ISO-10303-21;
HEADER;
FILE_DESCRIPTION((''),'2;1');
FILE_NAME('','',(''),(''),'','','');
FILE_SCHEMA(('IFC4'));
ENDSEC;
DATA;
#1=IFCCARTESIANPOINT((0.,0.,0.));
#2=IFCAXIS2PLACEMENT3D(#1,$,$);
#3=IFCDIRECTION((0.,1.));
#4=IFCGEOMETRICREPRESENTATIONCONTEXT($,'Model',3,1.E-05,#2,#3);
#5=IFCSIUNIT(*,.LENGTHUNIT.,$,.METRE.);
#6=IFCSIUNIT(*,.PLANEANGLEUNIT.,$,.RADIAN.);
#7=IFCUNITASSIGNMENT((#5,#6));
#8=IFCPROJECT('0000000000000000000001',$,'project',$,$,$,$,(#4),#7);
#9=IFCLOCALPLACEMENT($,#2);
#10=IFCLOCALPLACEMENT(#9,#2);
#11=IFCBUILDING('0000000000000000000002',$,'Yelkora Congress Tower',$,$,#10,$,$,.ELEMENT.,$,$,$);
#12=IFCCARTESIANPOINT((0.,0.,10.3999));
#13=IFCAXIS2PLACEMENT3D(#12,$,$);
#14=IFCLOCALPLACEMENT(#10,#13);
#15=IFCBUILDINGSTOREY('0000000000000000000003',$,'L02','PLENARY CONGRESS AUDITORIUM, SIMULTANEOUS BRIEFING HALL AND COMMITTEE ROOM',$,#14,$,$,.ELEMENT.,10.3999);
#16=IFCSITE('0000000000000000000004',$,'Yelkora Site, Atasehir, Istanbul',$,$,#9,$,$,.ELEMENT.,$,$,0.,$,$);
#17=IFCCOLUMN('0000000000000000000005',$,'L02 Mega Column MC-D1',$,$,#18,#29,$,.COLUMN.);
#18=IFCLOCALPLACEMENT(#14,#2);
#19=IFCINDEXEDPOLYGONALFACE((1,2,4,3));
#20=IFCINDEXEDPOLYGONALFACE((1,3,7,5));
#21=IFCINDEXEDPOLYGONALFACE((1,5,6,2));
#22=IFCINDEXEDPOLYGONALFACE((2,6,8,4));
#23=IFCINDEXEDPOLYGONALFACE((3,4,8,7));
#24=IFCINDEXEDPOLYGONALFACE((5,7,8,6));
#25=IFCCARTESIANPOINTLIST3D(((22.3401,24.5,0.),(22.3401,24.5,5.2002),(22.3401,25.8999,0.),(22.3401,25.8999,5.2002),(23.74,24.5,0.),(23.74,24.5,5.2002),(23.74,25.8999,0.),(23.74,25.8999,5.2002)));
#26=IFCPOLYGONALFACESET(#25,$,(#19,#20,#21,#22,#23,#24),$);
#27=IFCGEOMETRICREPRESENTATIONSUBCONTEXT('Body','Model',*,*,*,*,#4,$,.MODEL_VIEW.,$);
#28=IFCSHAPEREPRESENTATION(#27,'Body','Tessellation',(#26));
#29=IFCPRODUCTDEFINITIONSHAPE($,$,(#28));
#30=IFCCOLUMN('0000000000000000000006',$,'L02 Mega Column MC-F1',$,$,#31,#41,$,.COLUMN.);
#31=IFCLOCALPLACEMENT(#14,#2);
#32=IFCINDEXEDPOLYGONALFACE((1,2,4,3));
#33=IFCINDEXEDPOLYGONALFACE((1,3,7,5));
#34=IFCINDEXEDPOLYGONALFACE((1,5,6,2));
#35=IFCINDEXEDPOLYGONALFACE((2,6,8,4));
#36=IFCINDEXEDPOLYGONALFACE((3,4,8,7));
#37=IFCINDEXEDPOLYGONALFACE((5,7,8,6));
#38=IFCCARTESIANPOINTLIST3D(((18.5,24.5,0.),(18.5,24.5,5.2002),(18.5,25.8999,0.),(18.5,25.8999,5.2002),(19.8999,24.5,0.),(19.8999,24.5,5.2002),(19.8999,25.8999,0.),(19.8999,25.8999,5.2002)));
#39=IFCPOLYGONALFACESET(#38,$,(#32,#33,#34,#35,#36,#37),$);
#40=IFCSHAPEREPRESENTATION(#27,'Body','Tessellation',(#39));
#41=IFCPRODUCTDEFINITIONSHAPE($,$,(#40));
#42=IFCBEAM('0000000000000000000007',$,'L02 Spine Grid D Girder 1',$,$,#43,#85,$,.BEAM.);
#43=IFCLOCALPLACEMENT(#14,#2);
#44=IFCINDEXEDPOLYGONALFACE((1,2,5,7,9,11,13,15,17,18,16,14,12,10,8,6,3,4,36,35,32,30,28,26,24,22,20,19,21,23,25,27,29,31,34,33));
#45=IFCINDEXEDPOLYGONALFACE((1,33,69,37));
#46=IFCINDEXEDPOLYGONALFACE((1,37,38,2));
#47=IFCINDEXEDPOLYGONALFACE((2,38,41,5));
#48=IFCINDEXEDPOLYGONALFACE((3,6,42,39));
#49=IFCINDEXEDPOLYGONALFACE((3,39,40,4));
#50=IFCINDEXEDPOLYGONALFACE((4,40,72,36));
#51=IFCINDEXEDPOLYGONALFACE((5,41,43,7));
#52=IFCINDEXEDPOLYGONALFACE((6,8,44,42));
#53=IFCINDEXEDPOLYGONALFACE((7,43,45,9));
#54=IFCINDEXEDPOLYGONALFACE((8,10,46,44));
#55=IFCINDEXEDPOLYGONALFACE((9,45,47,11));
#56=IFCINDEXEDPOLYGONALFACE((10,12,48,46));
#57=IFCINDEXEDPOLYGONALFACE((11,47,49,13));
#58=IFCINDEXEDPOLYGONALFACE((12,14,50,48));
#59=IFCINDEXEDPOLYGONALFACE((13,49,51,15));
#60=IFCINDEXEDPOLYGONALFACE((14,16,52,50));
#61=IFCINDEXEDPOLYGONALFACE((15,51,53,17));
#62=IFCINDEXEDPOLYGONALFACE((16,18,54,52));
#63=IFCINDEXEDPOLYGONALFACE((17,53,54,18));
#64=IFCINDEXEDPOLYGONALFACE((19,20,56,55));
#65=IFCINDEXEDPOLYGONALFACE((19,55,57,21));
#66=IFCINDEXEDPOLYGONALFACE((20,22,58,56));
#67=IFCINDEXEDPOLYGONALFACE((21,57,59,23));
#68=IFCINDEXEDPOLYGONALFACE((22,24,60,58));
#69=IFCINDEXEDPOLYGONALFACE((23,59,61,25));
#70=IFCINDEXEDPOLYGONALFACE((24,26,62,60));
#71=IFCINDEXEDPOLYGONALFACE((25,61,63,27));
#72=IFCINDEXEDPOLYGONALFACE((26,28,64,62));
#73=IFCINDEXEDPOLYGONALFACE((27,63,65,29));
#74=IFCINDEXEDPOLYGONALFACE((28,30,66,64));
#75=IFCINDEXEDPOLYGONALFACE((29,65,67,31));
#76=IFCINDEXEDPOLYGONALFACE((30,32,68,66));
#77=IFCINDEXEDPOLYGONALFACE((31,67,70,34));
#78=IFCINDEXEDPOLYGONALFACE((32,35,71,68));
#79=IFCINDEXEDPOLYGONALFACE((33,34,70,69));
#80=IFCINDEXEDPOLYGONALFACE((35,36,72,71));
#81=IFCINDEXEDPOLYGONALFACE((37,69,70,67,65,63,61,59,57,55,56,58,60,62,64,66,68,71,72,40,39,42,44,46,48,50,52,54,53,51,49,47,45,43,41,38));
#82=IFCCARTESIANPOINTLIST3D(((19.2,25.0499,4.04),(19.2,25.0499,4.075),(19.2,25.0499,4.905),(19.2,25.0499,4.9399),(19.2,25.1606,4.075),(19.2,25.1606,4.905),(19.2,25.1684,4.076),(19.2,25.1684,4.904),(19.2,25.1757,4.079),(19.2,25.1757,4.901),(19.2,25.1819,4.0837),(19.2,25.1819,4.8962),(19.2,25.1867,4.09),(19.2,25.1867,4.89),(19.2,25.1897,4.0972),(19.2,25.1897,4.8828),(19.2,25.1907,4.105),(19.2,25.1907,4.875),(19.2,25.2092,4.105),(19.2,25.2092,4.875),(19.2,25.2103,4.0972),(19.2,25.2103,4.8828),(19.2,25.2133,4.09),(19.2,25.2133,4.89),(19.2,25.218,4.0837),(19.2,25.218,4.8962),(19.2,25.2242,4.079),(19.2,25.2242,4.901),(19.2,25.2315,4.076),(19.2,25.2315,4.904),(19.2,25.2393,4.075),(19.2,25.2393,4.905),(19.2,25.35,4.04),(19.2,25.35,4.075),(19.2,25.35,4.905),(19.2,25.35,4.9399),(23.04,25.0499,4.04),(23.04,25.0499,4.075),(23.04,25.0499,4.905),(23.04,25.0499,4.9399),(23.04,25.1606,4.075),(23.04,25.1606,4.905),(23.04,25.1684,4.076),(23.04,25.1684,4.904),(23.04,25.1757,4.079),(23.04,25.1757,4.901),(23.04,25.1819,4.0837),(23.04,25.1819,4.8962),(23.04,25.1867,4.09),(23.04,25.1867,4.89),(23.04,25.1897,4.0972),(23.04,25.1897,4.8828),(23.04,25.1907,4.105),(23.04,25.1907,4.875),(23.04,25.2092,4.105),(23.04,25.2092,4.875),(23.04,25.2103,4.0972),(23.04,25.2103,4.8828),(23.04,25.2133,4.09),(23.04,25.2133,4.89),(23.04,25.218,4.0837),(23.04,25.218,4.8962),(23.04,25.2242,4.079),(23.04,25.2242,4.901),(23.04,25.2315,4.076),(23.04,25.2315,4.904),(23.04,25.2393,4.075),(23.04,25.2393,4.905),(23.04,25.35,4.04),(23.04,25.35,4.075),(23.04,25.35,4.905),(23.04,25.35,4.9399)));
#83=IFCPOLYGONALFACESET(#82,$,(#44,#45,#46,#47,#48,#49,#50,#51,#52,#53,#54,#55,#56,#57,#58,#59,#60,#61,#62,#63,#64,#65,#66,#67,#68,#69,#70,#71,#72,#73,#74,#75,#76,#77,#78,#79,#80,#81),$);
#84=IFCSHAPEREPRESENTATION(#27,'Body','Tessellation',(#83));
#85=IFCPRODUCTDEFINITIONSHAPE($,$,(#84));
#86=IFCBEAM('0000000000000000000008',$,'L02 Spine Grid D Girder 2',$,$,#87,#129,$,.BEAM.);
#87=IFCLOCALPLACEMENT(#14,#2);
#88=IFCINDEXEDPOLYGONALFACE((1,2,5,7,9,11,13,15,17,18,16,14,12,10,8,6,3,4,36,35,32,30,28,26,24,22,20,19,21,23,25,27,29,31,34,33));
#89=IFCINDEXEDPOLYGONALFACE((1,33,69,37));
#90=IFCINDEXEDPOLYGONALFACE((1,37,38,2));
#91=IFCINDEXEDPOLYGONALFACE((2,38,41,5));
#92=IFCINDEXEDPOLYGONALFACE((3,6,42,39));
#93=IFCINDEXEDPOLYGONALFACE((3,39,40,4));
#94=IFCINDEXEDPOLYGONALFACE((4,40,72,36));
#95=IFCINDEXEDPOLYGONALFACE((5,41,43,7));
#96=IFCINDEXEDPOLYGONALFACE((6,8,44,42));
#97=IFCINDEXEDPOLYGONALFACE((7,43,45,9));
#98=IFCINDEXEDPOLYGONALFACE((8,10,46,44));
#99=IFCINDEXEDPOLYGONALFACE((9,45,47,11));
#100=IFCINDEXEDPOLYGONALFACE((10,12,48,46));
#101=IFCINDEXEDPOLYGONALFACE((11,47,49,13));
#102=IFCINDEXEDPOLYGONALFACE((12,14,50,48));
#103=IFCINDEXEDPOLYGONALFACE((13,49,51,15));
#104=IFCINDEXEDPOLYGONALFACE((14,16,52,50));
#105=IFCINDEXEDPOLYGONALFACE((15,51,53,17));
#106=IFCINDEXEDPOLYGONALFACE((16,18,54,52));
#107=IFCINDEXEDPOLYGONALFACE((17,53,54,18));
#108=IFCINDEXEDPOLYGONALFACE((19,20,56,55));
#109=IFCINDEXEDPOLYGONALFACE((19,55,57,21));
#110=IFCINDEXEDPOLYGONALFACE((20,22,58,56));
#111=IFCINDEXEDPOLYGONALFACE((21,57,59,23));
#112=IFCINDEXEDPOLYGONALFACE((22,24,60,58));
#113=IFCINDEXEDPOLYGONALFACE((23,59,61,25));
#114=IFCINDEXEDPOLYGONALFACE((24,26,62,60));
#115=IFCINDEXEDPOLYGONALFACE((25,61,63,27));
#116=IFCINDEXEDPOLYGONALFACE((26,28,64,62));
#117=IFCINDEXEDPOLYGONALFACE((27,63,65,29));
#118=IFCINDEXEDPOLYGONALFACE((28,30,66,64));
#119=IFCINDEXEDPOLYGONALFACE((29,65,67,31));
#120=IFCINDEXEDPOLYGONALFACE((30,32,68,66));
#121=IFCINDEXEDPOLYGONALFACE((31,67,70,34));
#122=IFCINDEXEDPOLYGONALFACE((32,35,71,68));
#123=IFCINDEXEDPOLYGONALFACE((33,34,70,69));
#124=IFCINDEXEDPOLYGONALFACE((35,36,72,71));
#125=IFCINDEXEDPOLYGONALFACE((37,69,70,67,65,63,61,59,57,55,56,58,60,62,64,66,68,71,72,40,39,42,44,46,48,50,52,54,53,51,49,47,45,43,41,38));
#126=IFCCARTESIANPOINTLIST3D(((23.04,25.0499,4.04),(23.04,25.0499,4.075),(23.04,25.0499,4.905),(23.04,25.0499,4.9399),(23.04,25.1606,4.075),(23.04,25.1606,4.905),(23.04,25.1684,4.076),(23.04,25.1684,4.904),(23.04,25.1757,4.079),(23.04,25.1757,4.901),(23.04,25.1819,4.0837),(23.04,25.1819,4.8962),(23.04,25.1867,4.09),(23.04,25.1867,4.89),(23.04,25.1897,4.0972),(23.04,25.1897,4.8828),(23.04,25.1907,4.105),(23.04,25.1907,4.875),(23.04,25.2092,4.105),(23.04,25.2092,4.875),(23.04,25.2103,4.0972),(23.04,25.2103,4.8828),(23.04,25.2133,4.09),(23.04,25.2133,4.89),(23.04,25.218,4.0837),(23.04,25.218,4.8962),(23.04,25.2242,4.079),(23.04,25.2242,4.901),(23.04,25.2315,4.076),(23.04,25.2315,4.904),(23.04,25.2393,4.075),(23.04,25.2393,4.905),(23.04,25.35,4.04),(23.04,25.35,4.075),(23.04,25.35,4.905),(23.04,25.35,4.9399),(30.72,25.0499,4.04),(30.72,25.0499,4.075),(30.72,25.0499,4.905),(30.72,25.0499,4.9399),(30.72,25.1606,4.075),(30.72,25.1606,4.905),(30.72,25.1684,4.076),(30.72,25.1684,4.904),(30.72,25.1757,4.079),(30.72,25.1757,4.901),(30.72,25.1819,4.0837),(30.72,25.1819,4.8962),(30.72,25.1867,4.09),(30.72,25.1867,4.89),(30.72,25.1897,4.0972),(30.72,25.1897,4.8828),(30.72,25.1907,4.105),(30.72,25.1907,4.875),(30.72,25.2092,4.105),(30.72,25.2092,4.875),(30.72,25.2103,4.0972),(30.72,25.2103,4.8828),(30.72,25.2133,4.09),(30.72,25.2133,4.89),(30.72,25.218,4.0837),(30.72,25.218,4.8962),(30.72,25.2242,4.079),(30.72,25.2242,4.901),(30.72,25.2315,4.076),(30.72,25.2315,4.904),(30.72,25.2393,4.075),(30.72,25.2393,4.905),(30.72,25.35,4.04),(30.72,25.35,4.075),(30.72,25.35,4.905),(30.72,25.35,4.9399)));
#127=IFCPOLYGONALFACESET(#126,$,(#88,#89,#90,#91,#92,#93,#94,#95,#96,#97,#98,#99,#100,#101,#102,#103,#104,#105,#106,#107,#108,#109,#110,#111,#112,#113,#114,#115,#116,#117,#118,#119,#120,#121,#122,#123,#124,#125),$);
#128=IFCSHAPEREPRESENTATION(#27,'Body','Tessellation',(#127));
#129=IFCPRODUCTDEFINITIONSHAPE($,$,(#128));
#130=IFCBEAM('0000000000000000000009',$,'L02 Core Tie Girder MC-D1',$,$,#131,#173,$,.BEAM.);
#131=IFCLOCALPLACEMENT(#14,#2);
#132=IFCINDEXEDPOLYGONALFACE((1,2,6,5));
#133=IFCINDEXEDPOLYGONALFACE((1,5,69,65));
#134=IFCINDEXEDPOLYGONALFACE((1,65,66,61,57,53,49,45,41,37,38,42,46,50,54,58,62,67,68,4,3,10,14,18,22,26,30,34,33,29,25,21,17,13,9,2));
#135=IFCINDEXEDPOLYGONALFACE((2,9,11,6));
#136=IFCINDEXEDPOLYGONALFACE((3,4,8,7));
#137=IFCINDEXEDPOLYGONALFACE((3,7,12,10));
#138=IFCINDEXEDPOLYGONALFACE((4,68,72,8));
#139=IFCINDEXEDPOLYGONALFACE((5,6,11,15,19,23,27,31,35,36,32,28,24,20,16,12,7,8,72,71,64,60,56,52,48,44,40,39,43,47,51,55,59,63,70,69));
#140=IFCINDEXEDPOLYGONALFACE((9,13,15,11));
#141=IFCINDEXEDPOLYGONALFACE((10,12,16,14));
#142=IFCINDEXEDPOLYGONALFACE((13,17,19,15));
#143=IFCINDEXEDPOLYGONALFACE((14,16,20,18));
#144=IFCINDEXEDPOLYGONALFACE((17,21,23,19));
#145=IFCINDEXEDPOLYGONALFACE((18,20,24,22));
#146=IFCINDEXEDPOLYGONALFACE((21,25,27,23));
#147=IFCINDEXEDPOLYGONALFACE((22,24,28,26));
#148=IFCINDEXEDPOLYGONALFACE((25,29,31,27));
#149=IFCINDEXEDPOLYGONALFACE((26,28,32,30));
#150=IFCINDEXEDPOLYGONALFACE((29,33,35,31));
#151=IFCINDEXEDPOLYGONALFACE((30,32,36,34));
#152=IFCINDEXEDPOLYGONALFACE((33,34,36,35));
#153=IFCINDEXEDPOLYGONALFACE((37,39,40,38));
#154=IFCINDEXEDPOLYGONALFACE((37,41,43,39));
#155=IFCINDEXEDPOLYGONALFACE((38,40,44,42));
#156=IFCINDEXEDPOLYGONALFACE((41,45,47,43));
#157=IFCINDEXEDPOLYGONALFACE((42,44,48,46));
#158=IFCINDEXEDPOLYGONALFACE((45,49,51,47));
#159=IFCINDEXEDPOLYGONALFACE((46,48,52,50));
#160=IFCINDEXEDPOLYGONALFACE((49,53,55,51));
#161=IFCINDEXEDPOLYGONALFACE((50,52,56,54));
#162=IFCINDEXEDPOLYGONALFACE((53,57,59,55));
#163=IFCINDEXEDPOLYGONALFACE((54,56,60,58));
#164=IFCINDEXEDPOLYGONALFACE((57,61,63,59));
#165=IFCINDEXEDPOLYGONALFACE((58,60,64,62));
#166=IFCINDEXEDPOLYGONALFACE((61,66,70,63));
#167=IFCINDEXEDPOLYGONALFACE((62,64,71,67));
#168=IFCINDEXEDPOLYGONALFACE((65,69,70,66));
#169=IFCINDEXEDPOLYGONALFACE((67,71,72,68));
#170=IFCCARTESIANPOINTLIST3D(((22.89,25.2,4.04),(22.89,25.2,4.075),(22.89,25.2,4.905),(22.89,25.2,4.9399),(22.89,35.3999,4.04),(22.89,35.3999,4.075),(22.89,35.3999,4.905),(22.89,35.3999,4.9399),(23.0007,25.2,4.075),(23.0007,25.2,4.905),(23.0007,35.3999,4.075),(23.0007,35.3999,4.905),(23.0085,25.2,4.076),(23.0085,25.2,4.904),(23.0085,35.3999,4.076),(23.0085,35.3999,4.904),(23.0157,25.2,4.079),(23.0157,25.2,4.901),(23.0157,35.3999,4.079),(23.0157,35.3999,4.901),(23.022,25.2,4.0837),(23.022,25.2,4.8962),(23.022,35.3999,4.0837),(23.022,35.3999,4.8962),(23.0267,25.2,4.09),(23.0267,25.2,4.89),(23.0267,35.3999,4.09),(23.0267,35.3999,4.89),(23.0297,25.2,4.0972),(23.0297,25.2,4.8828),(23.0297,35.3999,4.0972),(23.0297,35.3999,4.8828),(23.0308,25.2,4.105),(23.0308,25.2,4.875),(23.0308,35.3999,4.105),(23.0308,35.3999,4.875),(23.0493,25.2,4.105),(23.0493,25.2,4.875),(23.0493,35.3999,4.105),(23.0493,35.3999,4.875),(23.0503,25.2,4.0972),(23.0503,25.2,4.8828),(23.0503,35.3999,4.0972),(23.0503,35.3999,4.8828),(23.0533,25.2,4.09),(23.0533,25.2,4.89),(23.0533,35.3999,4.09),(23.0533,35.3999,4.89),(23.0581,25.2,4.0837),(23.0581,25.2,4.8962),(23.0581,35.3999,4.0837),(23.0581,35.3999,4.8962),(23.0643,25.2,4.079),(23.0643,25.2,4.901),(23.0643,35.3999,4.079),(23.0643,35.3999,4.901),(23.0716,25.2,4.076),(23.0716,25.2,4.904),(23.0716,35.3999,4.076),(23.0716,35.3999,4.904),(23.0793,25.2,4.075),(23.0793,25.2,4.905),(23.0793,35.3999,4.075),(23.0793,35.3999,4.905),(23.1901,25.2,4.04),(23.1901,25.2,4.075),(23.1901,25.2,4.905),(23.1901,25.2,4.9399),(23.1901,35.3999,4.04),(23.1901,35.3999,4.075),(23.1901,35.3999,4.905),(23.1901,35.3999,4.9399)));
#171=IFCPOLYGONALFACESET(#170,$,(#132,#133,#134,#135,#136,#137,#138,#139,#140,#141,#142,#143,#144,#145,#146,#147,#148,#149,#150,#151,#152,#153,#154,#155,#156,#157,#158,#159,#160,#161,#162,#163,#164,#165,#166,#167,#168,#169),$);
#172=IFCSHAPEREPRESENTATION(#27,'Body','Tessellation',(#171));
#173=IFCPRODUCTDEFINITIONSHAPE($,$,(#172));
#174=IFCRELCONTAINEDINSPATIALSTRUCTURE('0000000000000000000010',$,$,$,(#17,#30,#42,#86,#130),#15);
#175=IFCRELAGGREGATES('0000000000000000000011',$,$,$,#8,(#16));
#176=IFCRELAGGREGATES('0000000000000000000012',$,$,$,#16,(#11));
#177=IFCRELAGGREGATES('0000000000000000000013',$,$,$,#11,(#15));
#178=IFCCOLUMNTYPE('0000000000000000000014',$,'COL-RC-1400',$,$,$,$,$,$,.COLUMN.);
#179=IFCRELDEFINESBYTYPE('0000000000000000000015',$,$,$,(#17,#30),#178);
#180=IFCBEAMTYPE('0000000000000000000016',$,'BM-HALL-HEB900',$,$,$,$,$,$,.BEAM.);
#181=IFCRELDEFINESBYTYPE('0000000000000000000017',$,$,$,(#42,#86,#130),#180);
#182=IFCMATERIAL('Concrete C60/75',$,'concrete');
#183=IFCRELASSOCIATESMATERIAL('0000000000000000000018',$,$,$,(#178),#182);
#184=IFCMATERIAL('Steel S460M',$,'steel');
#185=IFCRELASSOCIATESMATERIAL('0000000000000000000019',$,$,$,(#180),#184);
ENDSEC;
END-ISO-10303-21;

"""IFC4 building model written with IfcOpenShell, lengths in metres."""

from ifc_helpers import new_model, si_unit, direction, frame, origin, origin_2d, place, context, subcontext, project, spatial, rectangle, i_section, extrude, material, material_profile, profile_set, type_object, element, save


model = new_model("IFC4")

# Units and contexts
model_context = context("Model", 3, precision=1e-05, world=origin(), true_north=direction((0.0, 1.0)))
body_context = subcontext(model_context, "Body", "Model", "MODEL_VIEW")
ifc_project = project(units=[si_unit("LENGTHUNIT", "METRE"), si_unit("PLANEANGLEUNIT", "RADIAN")], contexts=[model_context])

# Site, building, storey
site_placement = place(None, origin())
site = spatial("IfcSite", under=ifc_project, at=site_placement, Name="Yelkora Site, Atasehir, Istanbul", CompositionType="ELEMENT", RefElevation=0.0)
building_placement = place(site_placement, origin())
building = spatial("IfcBuilding", under=site, at=building_placement, Name="Yelkora Congress Tower", CompositionType="ELEMENT")
storey_placement = place(building_placement, frame((0.0, 0.0, 10.3999)))
storey = spatial("IfcBuildingStorey", under=building, at=storey_placement, Name="L02", Description="PLENARY CONGRESS AUDITORIUM, SIMULTANEOUS BRIEFING HALL AND COMMITTEE ROOM", CompositionType="ELEMENT", Elevation=10.3999)

# Columns
ifc_material_1 = material(Name="Concrete C60/75", Category="concrete")
ifc_material_profile_1 = material_profile(ifc_material_1, rectangle(XDim=1.3999, YDim=1.3999, at=origin_2d()), Name="RC 1400x1400")
ifc_profile_set_1 = profile_set([ifc_material_profile_1], Name="Concrete C60/75")
column_type = type_object("IfcColumnType", Name="COL-RC-1400", PredefinedType="COLUMN", material=ifc_profile_set_1)
for number, where, z_axis, x_axis, name in (
    (1, (23.04, 25.2, 0.0), (0.0, 0.0, 1.0), (1.0, 0.0, 0.0), "L02 Mega Column MC-D1"),
    (2, (19.2, 25.2, 0.0), (0.0, 0.0, 1.0), (1.0, 0.0, 0.0), "L02 Mega Column MC-F1"),
):
    element("IfcColumn", number, at=place(storey_placement, frame(where, z_axis=z_axis, x_axis=x_axis)), inside=storey, type_object=column_type, Name=name, PredefinedType="COLUMN", context=body_context, shape_type="SweptSolid", body=[
        extrude(rectangle(XDim=1.3999, YDim=1.3999, at=origin_2d()), origin(), (0.0, 0.0, 1.0), 5.2002),
    ])

# Beams
ifc_material_2 = material(Name="Steel S460M", Category="steel")
ifc_material_profile_2 = material_profile(ifc_material_2, i_section(OverallWidth=0.3, OverallDepth=0.8999, WebThickness=0.0186, FlangeThickness=0.0349, FilletRadius=0.03, at=origin_2d()), Name="HEB 900")
ifc_profile_set_2 = profile_set([ifc_material_profile_2], Name="Steel S460M")
beam_type_1 = type_object("IfcBeamType", Name="BM-HALL-HEB900", PredefinedType="BEAM", material=ifc_profile_set_2)
beam_1_placement = place(storey_placement, frame((19.2, 25.2, 4.49), z_axis=(1.0, 0.0, 0.0), x_axis=(0.0, 1.0, 0.0)))
element("IfcBeam", 3, at=beam_1_placement, inside=storey, type_object=beam_type_1, Name="L02 Spine Grid D Girder 1", PredefinedType="BEAM", context=body_context, shape_type="SweptSolid", body=[
    extrude(i_section(OverallWidth=0.3, OverallDepth=0.8999, WebThickness=0.0186, FlangeThickness=0.0349, FilletRadius=0.03, at=origin_2d()), origin(), (0.0, 0.0, 1.0), 3.8401),
])
beam_2_placement = place(storey_placement, frame((23.04, 25.2, 4.49), z_axis=(1.0, 0.0, 0.0), x_axis=(0.0, 1.0, 0.0)))
element("IfcBeam", 4, at=beam_2_placement, inside=storey, type_object=beam_type_1, Name="L02 Spine Grid D Girder 2", PredefinedType="BEAM", context=body_context, shape_type="SweptSolid", body=[
    extrude(i_section(OverallWidth=0.3, OverallDepth=0.8999, WebThickness=0.0186, FlangeThickness=0.0349, FilletRadius=0.03, at=origin_2d()), origin(), (0.0, 0.0, 1.0), 7.6799),
])
beam_3_placement = place(storey_placement, frame((23.04, 25.2, 4.49), z_axis=(0.0, 1.0, 0.0), x_axis=(-1.0, 0.0, 0.0)))
element("IfcBeam", 5, at=beam_3_placement, inside=storey, type_object=beam_type_1, Name="L02 Core Tie Girder MC-D1", PredefinedType="BEAM", context=body_context, shape_type="SweptSolid", body=[
    extrude(i_section(OverallWidth=0.3, OverallDepth=0.8999, WebThickness=0.0186, FlangeThickness=0.0349, FilletRadius=0.03, at=origin_2d()), origin(), (0.0, 0.0, 1.0), 10.2),
])

save(model, "model.ifc")
